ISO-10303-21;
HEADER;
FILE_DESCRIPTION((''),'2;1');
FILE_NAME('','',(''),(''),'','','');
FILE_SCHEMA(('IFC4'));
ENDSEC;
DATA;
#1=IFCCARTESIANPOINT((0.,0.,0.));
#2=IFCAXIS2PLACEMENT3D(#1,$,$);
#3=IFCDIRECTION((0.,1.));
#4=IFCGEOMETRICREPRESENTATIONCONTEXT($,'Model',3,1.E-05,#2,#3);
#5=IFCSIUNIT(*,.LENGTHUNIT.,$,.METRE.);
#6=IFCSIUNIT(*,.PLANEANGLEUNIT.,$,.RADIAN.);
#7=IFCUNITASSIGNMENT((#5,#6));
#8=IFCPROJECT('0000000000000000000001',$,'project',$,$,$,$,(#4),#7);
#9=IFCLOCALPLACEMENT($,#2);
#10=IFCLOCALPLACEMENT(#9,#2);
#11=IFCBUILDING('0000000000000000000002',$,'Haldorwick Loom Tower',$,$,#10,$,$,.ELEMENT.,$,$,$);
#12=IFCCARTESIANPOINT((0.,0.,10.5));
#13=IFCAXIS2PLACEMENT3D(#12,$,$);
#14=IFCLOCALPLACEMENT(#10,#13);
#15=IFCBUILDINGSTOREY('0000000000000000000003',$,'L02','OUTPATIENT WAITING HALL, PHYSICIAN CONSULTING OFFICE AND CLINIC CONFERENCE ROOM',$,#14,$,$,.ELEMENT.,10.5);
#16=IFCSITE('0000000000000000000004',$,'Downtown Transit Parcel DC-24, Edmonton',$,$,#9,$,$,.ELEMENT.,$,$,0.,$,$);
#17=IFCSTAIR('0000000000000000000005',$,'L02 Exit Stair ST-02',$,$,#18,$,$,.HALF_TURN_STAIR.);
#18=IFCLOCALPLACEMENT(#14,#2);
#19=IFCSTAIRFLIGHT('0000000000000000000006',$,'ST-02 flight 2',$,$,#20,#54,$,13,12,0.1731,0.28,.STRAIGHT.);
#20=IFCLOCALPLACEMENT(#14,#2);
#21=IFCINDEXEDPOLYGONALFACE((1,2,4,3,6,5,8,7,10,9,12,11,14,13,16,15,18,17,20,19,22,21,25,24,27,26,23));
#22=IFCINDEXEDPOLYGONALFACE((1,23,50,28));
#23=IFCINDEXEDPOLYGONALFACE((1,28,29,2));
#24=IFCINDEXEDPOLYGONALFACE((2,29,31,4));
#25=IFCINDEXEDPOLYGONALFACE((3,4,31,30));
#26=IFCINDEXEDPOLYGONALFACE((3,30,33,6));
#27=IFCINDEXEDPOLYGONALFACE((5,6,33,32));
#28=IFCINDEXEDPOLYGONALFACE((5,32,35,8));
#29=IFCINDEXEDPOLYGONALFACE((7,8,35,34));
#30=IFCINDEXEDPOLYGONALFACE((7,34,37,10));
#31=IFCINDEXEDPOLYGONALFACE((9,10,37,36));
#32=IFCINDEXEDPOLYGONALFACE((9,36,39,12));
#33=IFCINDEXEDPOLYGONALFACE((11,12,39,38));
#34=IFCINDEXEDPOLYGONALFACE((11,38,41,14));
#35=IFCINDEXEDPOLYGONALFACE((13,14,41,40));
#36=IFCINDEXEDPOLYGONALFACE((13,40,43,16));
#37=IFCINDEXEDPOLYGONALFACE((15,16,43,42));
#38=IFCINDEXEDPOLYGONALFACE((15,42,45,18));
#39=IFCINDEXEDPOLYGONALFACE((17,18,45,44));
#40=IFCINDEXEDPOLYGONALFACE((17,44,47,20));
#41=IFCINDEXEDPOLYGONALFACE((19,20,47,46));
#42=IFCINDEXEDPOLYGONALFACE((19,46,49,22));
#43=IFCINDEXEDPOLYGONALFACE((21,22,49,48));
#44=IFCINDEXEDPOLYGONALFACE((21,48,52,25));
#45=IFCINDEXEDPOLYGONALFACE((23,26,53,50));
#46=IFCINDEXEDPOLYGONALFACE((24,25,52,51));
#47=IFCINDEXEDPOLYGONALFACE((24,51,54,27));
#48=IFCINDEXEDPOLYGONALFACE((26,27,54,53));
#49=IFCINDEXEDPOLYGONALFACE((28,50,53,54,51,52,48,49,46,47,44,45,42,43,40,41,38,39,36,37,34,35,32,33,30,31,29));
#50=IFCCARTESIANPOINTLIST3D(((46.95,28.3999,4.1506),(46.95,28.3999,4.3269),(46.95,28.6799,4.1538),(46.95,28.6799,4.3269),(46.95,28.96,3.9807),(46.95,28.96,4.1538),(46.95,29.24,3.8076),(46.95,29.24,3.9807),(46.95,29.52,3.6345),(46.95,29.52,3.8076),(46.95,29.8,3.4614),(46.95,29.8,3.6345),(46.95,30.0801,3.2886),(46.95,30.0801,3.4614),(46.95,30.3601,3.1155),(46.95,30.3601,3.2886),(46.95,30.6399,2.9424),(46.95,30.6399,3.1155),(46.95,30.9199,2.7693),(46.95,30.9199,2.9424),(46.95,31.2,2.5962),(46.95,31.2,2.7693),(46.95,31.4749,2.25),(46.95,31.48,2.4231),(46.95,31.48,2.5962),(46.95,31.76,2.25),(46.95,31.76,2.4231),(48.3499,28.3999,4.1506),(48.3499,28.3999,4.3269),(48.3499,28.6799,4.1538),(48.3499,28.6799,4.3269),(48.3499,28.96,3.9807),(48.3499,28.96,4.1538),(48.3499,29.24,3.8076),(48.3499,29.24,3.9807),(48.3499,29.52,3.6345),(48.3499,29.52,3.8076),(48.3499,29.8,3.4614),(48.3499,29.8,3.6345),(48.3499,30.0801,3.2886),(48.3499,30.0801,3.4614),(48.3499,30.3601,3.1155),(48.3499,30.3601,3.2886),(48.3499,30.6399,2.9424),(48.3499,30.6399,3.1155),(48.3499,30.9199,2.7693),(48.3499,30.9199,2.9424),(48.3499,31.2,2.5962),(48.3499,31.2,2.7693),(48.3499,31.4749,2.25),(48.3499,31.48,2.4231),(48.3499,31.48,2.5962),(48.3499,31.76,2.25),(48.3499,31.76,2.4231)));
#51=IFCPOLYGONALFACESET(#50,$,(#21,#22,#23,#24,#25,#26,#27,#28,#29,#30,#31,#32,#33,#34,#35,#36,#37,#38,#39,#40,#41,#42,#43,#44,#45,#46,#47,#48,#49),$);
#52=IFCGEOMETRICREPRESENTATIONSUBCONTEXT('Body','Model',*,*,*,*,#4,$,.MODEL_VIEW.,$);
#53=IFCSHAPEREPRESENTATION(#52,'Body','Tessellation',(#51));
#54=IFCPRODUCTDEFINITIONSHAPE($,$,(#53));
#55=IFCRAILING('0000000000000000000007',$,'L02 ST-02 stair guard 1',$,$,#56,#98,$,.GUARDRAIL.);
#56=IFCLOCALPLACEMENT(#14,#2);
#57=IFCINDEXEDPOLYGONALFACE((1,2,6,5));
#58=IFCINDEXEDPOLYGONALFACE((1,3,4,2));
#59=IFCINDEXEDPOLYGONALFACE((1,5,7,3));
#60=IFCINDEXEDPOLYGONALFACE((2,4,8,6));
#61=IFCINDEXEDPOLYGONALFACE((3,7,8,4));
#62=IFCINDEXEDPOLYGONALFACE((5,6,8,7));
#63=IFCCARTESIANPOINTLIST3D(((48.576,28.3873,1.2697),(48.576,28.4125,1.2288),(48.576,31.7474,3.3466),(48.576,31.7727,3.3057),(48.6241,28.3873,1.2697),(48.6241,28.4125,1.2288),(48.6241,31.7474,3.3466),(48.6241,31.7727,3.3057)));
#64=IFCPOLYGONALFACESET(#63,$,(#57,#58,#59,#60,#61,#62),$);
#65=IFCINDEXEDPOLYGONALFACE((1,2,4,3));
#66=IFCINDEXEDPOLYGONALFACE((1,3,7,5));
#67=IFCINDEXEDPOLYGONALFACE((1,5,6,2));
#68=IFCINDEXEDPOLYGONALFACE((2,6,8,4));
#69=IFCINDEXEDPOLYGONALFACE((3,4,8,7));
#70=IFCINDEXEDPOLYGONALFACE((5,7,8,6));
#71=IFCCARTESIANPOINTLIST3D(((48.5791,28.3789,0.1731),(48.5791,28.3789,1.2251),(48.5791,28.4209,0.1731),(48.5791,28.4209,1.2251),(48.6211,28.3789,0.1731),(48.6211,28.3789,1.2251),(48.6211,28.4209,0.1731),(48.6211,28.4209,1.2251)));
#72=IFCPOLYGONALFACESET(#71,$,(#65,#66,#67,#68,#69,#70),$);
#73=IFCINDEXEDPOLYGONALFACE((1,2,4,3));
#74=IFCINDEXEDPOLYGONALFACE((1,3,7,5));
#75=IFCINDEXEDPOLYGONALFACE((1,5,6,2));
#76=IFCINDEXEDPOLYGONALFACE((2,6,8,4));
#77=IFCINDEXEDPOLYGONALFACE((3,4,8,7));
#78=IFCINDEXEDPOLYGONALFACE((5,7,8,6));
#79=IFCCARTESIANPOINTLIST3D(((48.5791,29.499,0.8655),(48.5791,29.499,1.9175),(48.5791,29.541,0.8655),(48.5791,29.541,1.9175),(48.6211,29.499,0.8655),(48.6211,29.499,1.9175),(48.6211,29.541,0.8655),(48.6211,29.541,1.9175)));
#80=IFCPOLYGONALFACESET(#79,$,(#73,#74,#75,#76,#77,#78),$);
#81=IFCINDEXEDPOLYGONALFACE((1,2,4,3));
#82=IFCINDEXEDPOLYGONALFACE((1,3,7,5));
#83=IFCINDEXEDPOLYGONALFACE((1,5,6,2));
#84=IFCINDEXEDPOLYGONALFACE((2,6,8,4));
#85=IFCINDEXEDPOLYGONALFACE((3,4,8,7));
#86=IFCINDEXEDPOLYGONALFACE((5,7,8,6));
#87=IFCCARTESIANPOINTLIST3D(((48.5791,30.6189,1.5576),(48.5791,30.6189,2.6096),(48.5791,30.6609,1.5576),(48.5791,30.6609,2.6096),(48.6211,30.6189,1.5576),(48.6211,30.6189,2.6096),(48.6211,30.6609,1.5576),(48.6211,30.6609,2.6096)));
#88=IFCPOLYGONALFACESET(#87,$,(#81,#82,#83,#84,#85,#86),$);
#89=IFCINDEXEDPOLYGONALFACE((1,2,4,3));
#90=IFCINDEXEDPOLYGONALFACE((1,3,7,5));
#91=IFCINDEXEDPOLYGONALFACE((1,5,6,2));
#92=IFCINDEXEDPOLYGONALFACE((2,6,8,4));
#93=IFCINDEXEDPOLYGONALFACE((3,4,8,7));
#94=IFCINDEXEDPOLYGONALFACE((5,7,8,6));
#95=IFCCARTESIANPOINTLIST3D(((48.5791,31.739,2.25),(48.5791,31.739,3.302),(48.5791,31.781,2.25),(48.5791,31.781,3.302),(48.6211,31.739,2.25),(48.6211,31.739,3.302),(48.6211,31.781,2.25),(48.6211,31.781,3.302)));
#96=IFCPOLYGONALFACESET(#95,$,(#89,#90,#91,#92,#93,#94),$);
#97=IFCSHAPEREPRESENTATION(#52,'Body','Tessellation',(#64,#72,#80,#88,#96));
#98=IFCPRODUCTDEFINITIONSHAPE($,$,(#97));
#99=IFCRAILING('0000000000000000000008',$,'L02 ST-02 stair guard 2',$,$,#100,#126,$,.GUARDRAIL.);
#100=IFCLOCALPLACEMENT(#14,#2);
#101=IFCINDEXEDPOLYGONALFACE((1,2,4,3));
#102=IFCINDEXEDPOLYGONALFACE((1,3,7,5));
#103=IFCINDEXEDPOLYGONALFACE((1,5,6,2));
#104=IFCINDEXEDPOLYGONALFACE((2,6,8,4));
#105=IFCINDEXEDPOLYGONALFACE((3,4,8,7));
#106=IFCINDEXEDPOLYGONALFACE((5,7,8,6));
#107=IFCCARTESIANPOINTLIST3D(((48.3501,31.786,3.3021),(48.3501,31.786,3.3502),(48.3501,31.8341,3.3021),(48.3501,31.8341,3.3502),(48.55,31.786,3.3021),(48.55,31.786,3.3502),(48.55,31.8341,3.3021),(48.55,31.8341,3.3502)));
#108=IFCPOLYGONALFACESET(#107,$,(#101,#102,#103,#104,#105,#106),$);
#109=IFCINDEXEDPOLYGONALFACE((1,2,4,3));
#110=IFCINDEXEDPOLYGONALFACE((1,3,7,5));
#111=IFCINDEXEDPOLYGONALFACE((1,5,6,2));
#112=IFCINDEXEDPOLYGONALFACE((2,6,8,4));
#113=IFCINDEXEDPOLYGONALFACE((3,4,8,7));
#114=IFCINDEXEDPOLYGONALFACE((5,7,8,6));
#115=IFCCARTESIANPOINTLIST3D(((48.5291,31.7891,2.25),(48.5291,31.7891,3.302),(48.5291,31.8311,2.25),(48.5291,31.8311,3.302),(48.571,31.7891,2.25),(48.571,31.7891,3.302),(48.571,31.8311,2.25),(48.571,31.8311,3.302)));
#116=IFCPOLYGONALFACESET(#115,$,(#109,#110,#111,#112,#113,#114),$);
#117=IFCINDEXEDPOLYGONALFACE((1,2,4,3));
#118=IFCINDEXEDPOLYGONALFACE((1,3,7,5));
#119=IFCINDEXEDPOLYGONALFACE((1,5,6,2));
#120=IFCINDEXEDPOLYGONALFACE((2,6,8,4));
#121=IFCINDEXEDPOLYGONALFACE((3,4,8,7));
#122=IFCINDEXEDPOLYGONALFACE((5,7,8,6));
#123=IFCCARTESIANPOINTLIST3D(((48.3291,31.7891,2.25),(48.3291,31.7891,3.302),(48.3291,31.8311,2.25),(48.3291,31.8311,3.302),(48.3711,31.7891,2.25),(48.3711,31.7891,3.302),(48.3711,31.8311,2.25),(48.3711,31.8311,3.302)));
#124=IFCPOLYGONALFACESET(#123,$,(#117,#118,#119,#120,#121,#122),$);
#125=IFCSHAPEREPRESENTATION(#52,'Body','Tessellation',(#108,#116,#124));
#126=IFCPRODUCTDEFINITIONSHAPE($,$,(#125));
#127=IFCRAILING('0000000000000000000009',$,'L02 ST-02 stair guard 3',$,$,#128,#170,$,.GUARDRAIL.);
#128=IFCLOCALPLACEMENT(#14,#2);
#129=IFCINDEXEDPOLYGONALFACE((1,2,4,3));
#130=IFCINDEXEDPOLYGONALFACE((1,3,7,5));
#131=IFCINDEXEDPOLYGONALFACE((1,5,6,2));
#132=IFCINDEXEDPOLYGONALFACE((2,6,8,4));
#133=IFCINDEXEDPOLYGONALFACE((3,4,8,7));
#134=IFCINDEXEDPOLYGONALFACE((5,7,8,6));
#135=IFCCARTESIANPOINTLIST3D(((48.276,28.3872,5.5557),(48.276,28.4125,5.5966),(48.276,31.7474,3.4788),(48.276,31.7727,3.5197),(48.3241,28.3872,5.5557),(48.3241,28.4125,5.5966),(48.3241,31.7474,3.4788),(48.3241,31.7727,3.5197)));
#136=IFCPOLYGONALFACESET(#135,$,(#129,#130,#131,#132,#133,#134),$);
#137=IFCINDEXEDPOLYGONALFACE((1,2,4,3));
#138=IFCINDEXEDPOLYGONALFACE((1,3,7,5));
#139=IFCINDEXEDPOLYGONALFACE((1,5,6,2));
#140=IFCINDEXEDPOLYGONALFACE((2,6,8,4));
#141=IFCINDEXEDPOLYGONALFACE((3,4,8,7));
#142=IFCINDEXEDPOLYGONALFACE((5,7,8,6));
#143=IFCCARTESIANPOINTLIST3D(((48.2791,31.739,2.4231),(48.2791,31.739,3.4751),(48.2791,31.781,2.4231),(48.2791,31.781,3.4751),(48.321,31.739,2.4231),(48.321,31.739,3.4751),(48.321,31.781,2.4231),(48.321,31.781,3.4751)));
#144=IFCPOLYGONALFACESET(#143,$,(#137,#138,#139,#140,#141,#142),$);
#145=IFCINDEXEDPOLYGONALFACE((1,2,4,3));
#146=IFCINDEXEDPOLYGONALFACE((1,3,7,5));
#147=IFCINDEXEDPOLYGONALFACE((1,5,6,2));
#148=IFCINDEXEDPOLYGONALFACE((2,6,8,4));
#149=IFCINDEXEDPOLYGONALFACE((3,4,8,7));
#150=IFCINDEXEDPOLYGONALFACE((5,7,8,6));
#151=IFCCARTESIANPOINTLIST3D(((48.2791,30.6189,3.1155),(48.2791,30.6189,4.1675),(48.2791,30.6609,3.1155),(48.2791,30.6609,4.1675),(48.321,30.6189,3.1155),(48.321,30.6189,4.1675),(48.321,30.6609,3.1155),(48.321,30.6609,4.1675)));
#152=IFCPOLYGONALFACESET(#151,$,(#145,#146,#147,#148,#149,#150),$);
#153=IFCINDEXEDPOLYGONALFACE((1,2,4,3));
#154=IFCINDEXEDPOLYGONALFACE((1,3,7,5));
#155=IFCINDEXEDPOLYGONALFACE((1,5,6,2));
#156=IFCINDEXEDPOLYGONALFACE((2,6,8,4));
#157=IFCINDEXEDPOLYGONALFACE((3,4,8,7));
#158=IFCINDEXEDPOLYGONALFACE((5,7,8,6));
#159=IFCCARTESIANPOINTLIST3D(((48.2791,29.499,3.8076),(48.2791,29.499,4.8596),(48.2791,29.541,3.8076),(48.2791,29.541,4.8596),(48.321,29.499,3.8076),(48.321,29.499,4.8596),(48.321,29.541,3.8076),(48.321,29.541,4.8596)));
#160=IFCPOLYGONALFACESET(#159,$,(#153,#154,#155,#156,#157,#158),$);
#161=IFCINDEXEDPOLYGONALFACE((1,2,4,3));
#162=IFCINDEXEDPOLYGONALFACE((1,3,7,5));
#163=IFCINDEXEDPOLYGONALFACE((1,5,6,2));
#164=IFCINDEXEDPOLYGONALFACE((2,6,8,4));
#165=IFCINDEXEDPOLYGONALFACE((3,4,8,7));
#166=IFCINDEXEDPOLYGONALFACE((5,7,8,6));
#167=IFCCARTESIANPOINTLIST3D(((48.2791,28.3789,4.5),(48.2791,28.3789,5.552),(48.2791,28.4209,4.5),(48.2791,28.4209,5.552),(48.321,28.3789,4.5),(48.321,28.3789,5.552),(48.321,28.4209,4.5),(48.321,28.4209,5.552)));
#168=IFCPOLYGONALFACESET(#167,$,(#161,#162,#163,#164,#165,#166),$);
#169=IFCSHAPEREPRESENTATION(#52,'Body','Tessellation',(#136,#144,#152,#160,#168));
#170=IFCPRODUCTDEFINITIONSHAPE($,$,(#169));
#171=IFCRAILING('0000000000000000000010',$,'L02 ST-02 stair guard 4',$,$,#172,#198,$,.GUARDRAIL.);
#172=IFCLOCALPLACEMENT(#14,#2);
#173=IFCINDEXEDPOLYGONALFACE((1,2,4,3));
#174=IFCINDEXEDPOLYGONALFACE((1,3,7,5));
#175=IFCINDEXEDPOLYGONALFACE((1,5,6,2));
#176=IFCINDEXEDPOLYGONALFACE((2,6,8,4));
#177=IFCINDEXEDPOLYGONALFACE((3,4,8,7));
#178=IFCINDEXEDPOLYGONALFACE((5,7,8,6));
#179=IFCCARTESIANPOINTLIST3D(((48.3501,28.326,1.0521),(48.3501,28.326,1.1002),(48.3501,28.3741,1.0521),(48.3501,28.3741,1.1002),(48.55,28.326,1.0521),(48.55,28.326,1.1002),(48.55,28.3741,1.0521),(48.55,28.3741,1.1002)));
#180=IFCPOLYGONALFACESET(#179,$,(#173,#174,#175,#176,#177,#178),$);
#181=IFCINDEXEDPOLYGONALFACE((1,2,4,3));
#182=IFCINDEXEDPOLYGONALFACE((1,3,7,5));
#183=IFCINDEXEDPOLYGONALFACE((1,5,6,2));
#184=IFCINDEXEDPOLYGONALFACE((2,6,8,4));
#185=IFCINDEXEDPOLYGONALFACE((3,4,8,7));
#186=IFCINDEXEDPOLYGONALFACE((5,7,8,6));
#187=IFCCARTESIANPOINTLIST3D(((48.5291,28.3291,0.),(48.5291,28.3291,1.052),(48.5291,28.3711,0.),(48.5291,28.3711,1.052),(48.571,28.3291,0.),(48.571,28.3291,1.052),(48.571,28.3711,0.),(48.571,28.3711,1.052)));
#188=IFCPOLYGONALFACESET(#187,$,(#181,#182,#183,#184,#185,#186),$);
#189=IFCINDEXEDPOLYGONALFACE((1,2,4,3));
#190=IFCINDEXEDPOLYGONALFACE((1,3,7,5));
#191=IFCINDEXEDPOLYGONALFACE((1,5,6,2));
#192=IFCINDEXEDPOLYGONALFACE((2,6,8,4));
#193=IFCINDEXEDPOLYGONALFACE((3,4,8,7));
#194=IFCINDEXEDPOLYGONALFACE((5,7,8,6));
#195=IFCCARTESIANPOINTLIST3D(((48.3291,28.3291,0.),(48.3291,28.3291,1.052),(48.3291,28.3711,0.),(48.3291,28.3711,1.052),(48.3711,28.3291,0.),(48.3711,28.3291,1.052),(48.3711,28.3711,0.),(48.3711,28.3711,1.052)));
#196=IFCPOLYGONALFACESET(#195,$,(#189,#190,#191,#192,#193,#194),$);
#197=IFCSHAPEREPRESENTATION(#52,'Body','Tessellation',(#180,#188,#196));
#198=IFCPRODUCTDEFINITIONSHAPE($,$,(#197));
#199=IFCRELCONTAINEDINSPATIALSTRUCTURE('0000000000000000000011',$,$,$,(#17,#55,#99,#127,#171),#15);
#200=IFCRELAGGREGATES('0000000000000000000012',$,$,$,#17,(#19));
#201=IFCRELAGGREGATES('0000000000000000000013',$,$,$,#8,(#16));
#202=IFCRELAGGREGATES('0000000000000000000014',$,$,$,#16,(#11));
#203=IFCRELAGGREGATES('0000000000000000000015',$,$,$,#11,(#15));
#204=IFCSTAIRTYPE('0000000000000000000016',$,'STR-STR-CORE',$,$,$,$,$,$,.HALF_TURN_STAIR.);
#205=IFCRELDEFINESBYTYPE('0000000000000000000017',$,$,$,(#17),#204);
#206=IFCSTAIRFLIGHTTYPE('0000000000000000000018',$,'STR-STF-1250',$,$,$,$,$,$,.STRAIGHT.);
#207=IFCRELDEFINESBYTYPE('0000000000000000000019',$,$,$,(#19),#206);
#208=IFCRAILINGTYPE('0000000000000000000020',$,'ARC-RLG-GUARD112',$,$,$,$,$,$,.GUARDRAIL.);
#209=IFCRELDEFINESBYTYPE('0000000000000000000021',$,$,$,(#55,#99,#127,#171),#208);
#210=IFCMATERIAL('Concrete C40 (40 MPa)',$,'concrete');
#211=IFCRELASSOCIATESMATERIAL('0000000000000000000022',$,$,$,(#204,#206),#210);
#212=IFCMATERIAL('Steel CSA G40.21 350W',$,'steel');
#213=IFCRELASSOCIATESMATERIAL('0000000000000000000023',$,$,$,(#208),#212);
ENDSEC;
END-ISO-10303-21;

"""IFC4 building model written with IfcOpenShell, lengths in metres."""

from ifc_helpers import new_model, si_unit, direction, frame, origin, origin_2d, place, context, subcontext, project, spatial, polyline, rectangle, outline, extrude, material, type_object, element, aggregate, save


model = new_model("IFC4")

# Units and contexts
model_context = context("Model", 3, precision=1e-05, world=origin(), true_north=direction((0.0, 1.0)))
body_context = subcontext(model_context, "Body", "Model", "MODEL_VIEW")
ifc_project = project(units=[si_unit("LENGTHUNIT", "METRE"), si_unit("PLANEANGLEUNIT", "RADIAN")], contexts=[model_context])

# Site, building, storey
site_placement = place(None, origin())
site = spatial("IfcSite", under=ifc_project, at=site_placement, Name="Downtown Transit Parcel DC-24, Edmonton", CompositionType="ELEMENT", RefElevation=0.0)
building_placement = place(site_placement, origin())
building = spatial("IfcBuilding", under=site, at=building_placement, Name="Haldorwick Loom Tower", CompositionType="ELEMENT")
storey_placement = place(building_placement, frame((0.0, 0.0, 10.5)))
storey = spatial("IfcBuildingStorey", under=building, at=storey_placement, Name="L02", Description="OUTPATIENT WAITING HALL, PHYSICIAN CONSULTING OFFICE AND CLINIC CONFERENCE ROOM", CompositionType="ELEMENT", Elevation=10.5)

# Shared definitions
ifc_material_1 = material(Name="Steel CSA G40.21 350W", Category="steel")

# Stair, stair flight
ifc_material_2 = material(Name="Concrete C40 (40 MPa)", Category="concrete")
stair_type = type_object("IfcStairType", Name="STR-STR-CORE", PredefinedType="HALF_TURN_STAIR", material=ifc_material_2)
stair_placement = place(storey_placement, origin())
stair = element("IfcStair", 1, at=stair_placement, inside=storey, type_object=stair_type, Name="L02 Exit Stair ST-02", PredefinedType="HALF_TURN_STAIR")
stair_flight_type = type_object("IfcStairFlightType", Name="STR-STF-1250", PredefinedType="STRAIGHT", material=ifc_material_2)
stair_flight_1_placement = place(storey_placement, frame((47.6499, 31.76, 2.25), z_axis=(0.0, 0.0, 1.0), x_axis=(0.0, -1.0, 0.0)))
stair_flight_1 = element("IfcStairFlight", 2, at=stair_flight_1_placement, type_object=stair_flight_type, Name="ST-02 flight 2", NumberOfRisers=13, NumberOfTreads=12, PredefinedType="STRAIGHT", RiserHeight=0.1731, TreadLength=0.28, context=body_context, shape_type="SweptSolid", body=[
    extrude(outline(polyline([(0.0, 0.0), (0.0, 0.1731), (0.28, 0.1731), (0.28, 0.3462), (0.5601, 0.3462), (0.5601, 0.5193), (0.8401, 0.5193), (0.8401, 0.6924), (1.1201, 0.6924), (1.1201, 0.8655), (1.3999, 0.8655), (1.3999, 1.0386), (1.6799, 1.0386), (1.6799, 1.2114), (1.96, 1.2114), (1.96, 1.3845), (2.24, 1.3845), (2.24, 1.5576), (2.52, 1.5576), (2.52, 1.7307), (2.8, 1.7307), (2.8, 1.9038), (3.0801, 1.9038), (3.0801, 2.0769), (3.3601, 2.0769), (3.3601, 2.25), (3.3601, 1.9006), (0.2852, 0.0), (0.0, 0.0)])), frame((0.0, 0.7, 0.0), z_axis=(0.0, -1.0, 0.0), x_axis=(1.0, 0.0, 0.0)), (0.0, 0.0, 1.0), 1.3999),
])
aggregate(stair, [stair_flight_1])

# Railings
railing_type_1 = type_object("IfcRailingType", Name="ARC-RLG-GUARD112", PredefinedType="GUARDRAIL", material=ifc_material_1)
railing_1_placement = place(storey_placement, frame((48.6001, 28.3999, 0.1731)))
element("IfcRailing", 3, at=railing_1_placement, inside=storey, type_object=railing_type_1, Name="L02 ST-02 stair guard 1", PredefinedType="GUARDRAIL", context=body_context, shape_type="SweptSolid", body=[
    extrude(rectangle(XDim=0.0481, YDim=0.0481, at=origin_2d()), frame((0.0, 0.0, 1.0762), z_axis=(0.0, 0.850623, 0.525776), x_axis=(-1.0, 0.0, 0.0)), (0.0, 0.0, 1.0), 3.9502),
    extrude(rectangle(XDim=0.042, YDim=0.042, at=origin_2d()), origin(), (0.0, 0.0, 1.0), 1.052),
    extrude(rectangle(XDim=0.042, YDim=0.042, at=origin_2d()), frame((0.0, 1.1201, 0.6924)), (0.0, 0.0, 1.0), 1.052),
    extrude(rectangle(XDim=0.042, YDim=0.042, at=origin_2d()), frame((0.0, 2.24, 1.3845)), (0.0, 0.0, 1.0), 1.052),
    extrude(rectangle(XDim=0.042, YDim=0.042, at=origin_2d()), frame((0.0, 3.3601, 2.0769)), (0.0, 0.0, 1.0), 1.052),
])
railing_2_placement = place(storey_placement, frame((48.55, 31.8101, 2.25)))
element("IfcRailing", 4, at=railing_2_placement, inside=storey, type_object=railing_type_1, Name="L02 ST-02 stair guard 2", PredefinedType="GUARDRAIL", context=body_context, shape_type="SweptSolid", body=[
    extrude(rectangle(XDim=0.0481, YDim=0.0481, at=origin_2d()), frame((0.0, 0.0, 1.0762), z_axis=(-1.0, 0.0, 0.0), x_axis=(0.0, -1.0, 0.0)), (0.0, 0.0, 1.0), 0.2),
    extrude(rectangle(XDim=0.042, YDim=0.042, at=origin_2d()), origin(), (0.0, 0.0, 1.0), 1.052),
    extrude(rectangle(XDim=0.042, YDim=0.042, at=origin_2d()), frame((-0.2, 0.0, 0.0)), (0.0, 0.0, 1.0), 1.052),
])
railing_3_placement = place(storey_placement, frame((48.3, 31.76, 2.4231)))
element("IfcRailing", 5, at=railing_3_placement, inside=storey, type_object=railing_type_1, Name="L02 ST-02 stair guard 3", PredefinedType="GUARDRAIL", context=body_context, shape_type="SweptSolid", body=[
    extrude(rectangle(XDim=0.0481, YDim=0.0481, at=origin_2d()), frame((0.0, 0.0, 1.0762), z_axis=(0.0, -0.850623, 0.525776), x_axis=(1.0, 0.0, 0.0)), (0.0, 0.0, 1.0), 3.9502),
    extrude(rectangle(XDim=0.042, YDim=0.042, at=origin_2d()), origin(), (0.0, 0.0, 1.0), 1.052),
    extrude(rectangle(XDim=0.042, YDim=0.042, at=origin_2d()), frame((0.0, -1.1201, 0.6924)), (0.0, 0.0, 1.0), 1.052),
    extrude(rectangle(XDim=0.042, YDim=0.042, at=origin_2d()), frame((0.0, -2.24, 1.3845)), (0.0, 0.0, 1.0), 1.052),
    extrude(rectangle(XDim=0.042, YDim=0.042, at=origin_2d()), frame((0.0, -3.3601, 2.0769)), (0.0, 0.0, 1.0), 1.052),
])
railing_4_placement = place(storey_placement, frame((48.55, 28.3501, 0.0)))
element("IfcRailing", 6, at=railing_4_placement, inside=storey, type_object=railing_type_1, Name="L02 ST-02 stair guard 4", PredefinedType="GUARDRAIL", context=body_context, shape_type="SweptSolid", body=[
    extrude(rectangle(XDim=0.0481, YDim=0.0481, at=origin_2d()), frame((0.0, 0.0, 1.0762), z_axis=(-1.0, 0.0, 0.0), x_axis=(0.0, -1.0, 0.0)), (0.0, 0.0, 1.0), 0.2),
    extrude(rectangle(XDim=0.042, YDim=0.042, at=origin_2d()), origin(), (0.0, 0.0, 1.0), 1.052),
    extrude(rectangle(XDim=0.042, YDim=0.042, at=origin_2d()), frame((-0.2, 0.0, 0.0)), (0.0, 0.0, 1.0), 1.052),
])

save(model, "model.ifc")
